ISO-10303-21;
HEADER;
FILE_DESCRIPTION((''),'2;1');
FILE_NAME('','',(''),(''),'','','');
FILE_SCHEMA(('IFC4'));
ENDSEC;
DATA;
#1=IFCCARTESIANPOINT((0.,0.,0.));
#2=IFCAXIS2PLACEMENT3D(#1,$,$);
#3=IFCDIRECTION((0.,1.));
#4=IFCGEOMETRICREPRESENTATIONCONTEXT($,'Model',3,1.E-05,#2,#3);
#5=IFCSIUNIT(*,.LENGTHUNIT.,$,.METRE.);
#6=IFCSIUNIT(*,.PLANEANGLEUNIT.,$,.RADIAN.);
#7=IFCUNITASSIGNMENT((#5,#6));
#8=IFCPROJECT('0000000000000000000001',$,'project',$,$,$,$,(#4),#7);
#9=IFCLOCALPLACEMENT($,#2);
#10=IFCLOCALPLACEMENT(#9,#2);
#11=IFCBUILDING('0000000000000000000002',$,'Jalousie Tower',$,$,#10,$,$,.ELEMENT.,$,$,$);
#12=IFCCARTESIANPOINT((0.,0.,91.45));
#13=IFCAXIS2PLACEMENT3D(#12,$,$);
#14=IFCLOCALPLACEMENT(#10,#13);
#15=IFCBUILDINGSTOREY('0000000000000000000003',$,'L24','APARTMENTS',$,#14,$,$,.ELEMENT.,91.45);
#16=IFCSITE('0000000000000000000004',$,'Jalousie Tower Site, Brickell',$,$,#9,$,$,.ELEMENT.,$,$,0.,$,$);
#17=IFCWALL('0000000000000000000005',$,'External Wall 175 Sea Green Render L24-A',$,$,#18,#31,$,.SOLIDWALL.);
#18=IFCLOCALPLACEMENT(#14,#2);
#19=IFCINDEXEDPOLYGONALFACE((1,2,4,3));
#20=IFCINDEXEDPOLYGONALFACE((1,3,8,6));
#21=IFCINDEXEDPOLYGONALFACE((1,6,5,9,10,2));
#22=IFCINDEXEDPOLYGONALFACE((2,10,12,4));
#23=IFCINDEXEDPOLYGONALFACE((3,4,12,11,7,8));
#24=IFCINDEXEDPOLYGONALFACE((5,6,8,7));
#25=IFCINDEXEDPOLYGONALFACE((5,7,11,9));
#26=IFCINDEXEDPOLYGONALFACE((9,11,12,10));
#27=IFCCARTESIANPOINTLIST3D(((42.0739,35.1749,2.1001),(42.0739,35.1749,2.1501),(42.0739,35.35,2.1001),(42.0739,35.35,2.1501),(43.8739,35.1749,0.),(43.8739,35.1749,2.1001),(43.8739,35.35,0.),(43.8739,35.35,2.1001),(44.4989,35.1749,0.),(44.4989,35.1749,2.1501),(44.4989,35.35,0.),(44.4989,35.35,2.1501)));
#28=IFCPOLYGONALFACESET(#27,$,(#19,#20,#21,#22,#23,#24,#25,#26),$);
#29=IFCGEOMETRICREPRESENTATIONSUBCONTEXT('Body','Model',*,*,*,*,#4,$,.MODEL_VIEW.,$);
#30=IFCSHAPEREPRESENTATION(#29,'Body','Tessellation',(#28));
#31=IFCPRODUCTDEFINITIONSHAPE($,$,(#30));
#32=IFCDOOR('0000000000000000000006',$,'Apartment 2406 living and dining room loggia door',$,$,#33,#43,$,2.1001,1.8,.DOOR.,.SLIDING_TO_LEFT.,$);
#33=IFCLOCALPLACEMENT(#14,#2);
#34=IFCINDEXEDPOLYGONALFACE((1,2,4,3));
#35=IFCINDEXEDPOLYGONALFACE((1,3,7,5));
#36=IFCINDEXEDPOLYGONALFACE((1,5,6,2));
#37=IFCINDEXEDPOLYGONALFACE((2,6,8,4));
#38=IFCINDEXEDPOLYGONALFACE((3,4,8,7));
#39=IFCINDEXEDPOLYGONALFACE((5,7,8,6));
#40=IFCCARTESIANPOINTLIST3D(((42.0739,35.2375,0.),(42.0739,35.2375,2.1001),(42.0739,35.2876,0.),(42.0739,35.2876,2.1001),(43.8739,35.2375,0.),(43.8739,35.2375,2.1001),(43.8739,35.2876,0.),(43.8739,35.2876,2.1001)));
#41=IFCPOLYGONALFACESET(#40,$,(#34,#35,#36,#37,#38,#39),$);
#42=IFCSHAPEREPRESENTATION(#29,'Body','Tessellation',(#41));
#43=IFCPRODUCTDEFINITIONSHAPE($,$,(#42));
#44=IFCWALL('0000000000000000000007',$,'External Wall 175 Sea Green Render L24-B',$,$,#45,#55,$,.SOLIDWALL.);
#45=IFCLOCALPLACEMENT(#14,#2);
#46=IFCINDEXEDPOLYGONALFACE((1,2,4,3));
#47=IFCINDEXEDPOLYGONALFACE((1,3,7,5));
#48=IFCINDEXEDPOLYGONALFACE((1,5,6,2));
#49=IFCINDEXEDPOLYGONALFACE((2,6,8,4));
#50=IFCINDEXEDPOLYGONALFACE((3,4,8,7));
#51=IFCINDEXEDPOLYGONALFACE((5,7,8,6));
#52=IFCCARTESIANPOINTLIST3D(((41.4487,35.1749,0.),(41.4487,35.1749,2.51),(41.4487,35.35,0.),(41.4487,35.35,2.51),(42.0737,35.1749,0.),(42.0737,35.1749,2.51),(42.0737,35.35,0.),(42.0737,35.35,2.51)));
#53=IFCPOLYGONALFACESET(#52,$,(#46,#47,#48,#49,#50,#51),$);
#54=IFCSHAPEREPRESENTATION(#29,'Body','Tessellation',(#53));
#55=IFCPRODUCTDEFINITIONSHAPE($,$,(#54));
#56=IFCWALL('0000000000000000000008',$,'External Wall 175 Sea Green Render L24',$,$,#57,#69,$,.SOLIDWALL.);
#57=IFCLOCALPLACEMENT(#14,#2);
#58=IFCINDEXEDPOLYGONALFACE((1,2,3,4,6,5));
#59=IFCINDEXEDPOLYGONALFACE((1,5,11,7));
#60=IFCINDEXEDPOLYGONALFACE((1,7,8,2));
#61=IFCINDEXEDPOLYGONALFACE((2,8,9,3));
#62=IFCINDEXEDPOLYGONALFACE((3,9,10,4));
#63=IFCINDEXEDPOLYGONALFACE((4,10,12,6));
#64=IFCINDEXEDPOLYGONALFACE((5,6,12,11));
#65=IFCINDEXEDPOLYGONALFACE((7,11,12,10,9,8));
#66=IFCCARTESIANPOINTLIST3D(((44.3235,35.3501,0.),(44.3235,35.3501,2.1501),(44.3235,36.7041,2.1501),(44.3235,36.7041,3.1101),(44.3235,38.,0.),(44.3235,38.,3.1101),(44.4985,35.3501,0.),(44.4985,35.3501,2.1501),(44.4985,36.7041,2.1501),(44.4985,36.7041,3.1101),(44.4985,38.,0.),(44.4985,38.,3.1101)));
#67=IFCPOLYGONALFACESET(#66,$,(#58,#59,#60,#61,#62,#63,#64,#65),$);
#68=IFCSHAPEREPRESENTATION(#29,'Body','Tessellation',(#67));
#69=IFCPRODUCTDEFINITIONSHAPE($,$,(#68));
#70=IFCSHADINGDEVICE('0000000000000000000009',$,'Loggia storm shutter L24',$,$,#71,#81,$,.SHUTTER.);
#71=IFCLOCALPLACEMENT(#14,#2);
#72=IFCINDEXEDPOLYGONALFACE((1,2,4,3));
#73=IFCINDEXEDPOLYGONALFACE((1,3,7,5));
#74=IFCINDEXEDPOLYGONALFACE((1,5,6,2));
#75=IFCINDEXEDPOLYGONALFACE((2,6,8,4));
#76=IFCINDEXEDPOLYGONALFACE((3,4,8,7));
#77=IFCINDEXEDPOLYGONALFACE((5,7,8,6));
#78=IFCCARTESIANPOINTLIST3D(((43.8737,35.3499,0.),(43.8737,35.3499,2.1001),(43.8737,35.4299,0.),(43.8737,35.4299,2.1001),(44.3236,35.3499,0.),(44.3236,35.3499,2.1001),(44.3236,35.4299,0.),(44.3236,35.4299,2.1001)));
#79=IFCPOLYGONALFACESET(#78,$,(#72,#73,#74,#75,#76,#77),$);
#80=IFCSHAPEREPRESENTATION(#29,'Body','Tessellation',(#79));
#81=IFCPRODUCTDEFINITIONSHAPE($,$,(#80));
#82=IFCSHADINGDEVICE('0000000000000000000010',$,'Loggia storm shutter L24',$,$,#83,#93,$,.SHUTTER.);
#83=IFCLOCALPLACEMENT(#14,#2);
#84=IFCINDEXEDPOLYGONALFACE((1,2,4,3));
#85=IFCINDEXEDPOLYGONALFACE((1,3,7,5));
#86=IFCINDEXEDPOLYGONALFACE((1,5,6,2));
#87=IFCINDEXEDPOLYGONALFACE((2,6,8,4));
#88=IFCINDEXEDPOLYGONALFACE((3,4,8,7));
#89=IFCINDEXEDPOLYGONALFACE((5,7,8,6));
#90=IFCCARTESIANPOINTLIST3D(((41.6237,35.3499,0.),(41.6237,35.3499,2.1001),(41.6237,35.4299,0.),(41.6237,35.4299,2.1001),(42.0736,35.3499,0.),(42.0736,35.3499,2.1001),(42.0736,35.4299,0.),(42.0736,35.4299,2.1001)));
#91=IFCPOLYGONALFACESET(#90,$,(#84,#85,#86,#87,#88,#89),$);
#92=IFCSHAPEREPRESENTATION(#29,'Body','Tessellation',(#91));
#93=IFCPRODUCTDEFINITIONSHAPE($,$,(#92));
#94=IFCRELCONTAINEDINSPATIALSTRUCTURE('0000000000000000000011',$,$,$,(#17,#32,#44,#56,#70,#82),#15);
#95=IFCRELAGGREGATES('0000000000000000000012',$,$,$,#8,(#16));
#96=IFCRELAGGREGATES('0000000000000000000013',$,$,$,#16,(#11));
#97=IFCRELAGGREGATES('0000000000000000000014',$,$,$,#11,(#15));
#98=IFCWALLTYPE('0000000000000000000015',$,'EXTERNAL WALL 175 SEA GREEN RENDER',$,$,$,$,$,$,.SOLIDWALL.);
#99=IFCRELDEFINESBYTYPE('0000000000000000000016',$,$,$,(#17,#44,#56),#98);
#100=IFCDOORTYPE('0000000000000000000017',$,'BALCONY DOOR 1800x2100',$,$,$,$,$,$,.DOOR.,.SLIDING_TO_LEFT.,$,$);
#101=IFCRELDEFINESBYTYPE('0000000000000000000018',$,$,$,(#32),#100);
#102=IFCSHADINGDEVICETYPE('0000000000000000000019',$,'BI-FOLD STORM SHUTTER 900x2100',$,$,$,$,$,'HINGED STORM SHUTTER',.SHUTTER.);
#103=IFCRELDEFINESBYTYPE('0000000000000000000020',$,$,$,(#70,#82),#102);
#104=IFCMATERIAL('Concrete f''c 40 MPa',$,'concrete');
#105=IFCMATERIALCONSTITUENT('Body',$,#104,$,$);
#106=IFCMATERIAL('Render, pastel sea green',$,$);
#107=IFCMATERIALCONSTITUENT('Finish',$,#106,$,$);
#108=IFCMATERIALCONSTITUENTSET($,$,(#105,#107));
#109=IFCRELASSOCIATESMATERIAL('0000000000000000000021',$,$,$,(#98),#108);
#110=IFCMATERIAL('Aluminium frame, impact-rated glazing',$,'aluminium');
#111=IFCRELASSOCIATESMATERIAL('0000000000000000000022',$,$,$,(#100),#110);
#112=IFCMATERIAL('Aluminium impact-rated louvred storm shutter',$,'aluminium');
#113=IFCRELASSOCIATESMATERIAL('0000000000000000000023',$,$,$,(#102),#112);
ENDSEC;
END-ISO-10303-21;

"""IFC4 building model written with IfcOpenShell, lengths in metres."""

from ifc_helpers import new_model, si_unit, direction, frame, frame_2d, origin, origin_2d, place, context, subcontext, project, spatial, polyline, rectangle, outline, extrude, material, constituent, constituent_set, type_object, element, fill, save


model = new_model("IFC4")

# Units and contexts
model_context = context("Model", 3, precision=1e-05, world=origin(), true_north=direction((0.0, 1.0)))
body_context = subcontext(model_context, "Body", "Model", "MODEL_VIEW")
ifc_project = project(units=[si_unit("LENGTHUNIT", "METRE"), si_unit("PLANEANGLEUNIT", "RADIAN")], contexts=[model_context])

# Site, building, storey
site_placement = place(None, origin())
site = spatial("IfcSite", under=ifc_project, at=site_placement, Name="Jalousie Tower Site, Brickell", CompositionType="ELEMENT", RefElevation=0.0)
building_placement = place(site_placement, origin())
building = spatial("IfcBuilding", under=site, at=building_placement, Name="Jalousie Tower", CompositionType="ELEMENT")
storey_placement = place(building_placement, frame((0.0, 0.0, 91.45)))
storey = spatial("IfcBuildingStorey", under=building, at=storey_placement, Name="L24", Description="APARTMENTS", CompositionType="ELEMENT", Elevation=91.45)

# Shared definitions
ifc_material_1 = material(Name="Concrete f'c 40 MPa", Category="concrete")
ifc_constituent_1 = constituent(ifc_material_1, Name="Body")
ifc_material_2 = material(Name="Render, pastel sea green")
ifc_constituent_2 = constituent(ifc_material_2, Name="Finish")
ifc_constituent_set = constituent_set(constituents=[ifc_constituent_1, ifc_constituent_2])
wall_type = type_object("IfcWallType", Name="EXTERNAL WALL 175 SEA GREEN RENDER", PredefinedType="SOLIDWALL", material=ifc_constituent_set)

# Wall, opening, door
wall_1_placement = place(storey_placement, frame((44.4988, 35.2625, 0.0), z_axis=(0.0, 0.0, 1.0), x_axis=(-1.0, 0.0, 0.0)))
wall_1 = element("IfcWall", 1, at=wall_1_placement, inside=storey, type_object=wall_type, Name="External Wall 175 Sea Green Render L24-A", PredefinedType="SOLIDWALL", context=body_context, shape_type="SweptSolid", body=[
    extrude(rectangle(XDim=2.425, YDim=0.175, at=frame_2d((1.2124, 0.0))), origin(), (0.0, 0.0, 1.0), 2.1501),
])
opening_placement = place(wall_1_placement, frame((0.625, 0.0, 0.0)))
opening = element("IfcOpeningElement", 2, at=opening_placement, cuts=wall_1, PredefinedType="OPENING", context=body_context, shape_type="SweptSolid", body=[
    extrude(rectangle(XDim=1.8, YDim=2.1001, at=frame_2d((0.8999, 1.05))), frame((0.0, 0.0974, 0.0), z_axis=(0.0, -1.0, 0.0), x_axis=(1.0, 0.0, 0.0)), (0.0, 0.0, 1.0), 0.1951),
])
ifc_material_3 = material(Name="Aluminium frame, impact-rated glazing", Category="aluminium")
door_type = type_object("IfcDoorType", Name="BALCONY DOOR 1800x2100", OperationType="SLIDING_TO_LEFT", PredefinedType="DOOR", material=ifc_material_3)
door_placement = place(opening_placement, origin())
door = element("IfcDoor", 3, at=door_placement, inside=storey, type_object=door_type, Name="Apartment 2406 living and dining room loggia door", OperationType="SLIDING_TO_LEFT", OverallHeight=2.1001, OverallWidth=1.8, PredefinedType="DOOR", context=body_context, shape_type="SweptSolid", body=[
    extrude(rectangle(XDim=1.8, YDim=2.1001, at=frame_2d((0.8999, 1.05))), frame((0.0, 0.0249, 0.0), z_axis=(0.0, -1.0, 0.0), x_axis=(1.0, 0.0, 0.0)), (0.0, 0.0, 1.0), 0.05),
])
fill(opening, door)

# Walls
wall_2_placement = place(storey_placement, frame((42.0737, 35.2625, 0.0), z_axis=(0.0, 0.0, 1.0), x_axis=(-1.0, 0.0, 0.0)))
element("IfcWall", 4, at=wall_2_placement, inside=storey, type_object=wall_type, Name="External Wall 175 Sea Green Render L24-B", PredefinedType="SOLIDWALL", context=body_context, shape_type="SweptSolid", body=[
    extrude(rectangle(XDim=0.625, YDim=0.175, at=frame_2d((0.3125, 0.0))), origin(), (0.0, 0.0, 1.0), 2.51),
])
wall_3_placement = place(storey_placement, frame((44.4111, 38.0, 0.0), z_axis=(0.0, 0.0, 1.0), x_axis=(0.0, -1.0, 0.0)))
element("IfcWall", 5, at=wall_3_placement, inside=storey, type_object=wall_type, Name="External Wall 175 Sea Green Render L24", PredefinedType="SOLIDWALL", context=body_context, shape_type="SweptSolid", body=[
    extrude(outline(polyline([(0.0, 0.0), (2.6499, 0.0), (2.6499, 2.1501), (1.2959, 2.1501), (1.2959, 3.1101), (0.0, 3.1101), (0.0, 0.0)])), frame((0.0, 0.0874, 0.0), z_axis=(0.0, -1.0, 0.0), x_axis=(1.0, 0.0, 0.0)), (0.0, 0.0, 1.0), 0.175),
])

# Shading devices
ifc_material_4 = material(Name="Aluminium impact-rated louvred storm shutter", Category="aluminium")
shading_device_type_1 = type_object("IfcShadingDeviceType", Name="BI-FOLD STORM SHUTTER 900x2100", ElementType="HINGED STORM SHUTTER", PredefinedType="SHUTTER", material=ifc_material_4)
for number, where, z_axis, x_axis, name in (
    (6, (44.0986, 35.3899, 0.0), (0.0, 0.0, 1.0), (-1.0, 0.0, 0.0), "Loggia storm shutter L24"),
    (7, (41.8486, 35.3899, 0.0), (0.0, 0.0, 1.0), (-1.0, 0.0, 0.0), "Loggia storm shutter L24"),
):
    element("IfcShadingDevice", number, at=place(storey_placement, frame(where, z_axis=z_axis, x_axis=x_axis)), inside=storey, type_object=shading_device_type_1, Name=name, PredefinedType="SHUTTER", context=body_context, shape_type="SweptSolid", body=[
        extrude(rectangle(XDim=0.45, YDim=0.0801, at=origin_2d()), origin(), (0.0, 0.0, 1.0), 2.1001),
    ])

save(model, "model.ifc")
